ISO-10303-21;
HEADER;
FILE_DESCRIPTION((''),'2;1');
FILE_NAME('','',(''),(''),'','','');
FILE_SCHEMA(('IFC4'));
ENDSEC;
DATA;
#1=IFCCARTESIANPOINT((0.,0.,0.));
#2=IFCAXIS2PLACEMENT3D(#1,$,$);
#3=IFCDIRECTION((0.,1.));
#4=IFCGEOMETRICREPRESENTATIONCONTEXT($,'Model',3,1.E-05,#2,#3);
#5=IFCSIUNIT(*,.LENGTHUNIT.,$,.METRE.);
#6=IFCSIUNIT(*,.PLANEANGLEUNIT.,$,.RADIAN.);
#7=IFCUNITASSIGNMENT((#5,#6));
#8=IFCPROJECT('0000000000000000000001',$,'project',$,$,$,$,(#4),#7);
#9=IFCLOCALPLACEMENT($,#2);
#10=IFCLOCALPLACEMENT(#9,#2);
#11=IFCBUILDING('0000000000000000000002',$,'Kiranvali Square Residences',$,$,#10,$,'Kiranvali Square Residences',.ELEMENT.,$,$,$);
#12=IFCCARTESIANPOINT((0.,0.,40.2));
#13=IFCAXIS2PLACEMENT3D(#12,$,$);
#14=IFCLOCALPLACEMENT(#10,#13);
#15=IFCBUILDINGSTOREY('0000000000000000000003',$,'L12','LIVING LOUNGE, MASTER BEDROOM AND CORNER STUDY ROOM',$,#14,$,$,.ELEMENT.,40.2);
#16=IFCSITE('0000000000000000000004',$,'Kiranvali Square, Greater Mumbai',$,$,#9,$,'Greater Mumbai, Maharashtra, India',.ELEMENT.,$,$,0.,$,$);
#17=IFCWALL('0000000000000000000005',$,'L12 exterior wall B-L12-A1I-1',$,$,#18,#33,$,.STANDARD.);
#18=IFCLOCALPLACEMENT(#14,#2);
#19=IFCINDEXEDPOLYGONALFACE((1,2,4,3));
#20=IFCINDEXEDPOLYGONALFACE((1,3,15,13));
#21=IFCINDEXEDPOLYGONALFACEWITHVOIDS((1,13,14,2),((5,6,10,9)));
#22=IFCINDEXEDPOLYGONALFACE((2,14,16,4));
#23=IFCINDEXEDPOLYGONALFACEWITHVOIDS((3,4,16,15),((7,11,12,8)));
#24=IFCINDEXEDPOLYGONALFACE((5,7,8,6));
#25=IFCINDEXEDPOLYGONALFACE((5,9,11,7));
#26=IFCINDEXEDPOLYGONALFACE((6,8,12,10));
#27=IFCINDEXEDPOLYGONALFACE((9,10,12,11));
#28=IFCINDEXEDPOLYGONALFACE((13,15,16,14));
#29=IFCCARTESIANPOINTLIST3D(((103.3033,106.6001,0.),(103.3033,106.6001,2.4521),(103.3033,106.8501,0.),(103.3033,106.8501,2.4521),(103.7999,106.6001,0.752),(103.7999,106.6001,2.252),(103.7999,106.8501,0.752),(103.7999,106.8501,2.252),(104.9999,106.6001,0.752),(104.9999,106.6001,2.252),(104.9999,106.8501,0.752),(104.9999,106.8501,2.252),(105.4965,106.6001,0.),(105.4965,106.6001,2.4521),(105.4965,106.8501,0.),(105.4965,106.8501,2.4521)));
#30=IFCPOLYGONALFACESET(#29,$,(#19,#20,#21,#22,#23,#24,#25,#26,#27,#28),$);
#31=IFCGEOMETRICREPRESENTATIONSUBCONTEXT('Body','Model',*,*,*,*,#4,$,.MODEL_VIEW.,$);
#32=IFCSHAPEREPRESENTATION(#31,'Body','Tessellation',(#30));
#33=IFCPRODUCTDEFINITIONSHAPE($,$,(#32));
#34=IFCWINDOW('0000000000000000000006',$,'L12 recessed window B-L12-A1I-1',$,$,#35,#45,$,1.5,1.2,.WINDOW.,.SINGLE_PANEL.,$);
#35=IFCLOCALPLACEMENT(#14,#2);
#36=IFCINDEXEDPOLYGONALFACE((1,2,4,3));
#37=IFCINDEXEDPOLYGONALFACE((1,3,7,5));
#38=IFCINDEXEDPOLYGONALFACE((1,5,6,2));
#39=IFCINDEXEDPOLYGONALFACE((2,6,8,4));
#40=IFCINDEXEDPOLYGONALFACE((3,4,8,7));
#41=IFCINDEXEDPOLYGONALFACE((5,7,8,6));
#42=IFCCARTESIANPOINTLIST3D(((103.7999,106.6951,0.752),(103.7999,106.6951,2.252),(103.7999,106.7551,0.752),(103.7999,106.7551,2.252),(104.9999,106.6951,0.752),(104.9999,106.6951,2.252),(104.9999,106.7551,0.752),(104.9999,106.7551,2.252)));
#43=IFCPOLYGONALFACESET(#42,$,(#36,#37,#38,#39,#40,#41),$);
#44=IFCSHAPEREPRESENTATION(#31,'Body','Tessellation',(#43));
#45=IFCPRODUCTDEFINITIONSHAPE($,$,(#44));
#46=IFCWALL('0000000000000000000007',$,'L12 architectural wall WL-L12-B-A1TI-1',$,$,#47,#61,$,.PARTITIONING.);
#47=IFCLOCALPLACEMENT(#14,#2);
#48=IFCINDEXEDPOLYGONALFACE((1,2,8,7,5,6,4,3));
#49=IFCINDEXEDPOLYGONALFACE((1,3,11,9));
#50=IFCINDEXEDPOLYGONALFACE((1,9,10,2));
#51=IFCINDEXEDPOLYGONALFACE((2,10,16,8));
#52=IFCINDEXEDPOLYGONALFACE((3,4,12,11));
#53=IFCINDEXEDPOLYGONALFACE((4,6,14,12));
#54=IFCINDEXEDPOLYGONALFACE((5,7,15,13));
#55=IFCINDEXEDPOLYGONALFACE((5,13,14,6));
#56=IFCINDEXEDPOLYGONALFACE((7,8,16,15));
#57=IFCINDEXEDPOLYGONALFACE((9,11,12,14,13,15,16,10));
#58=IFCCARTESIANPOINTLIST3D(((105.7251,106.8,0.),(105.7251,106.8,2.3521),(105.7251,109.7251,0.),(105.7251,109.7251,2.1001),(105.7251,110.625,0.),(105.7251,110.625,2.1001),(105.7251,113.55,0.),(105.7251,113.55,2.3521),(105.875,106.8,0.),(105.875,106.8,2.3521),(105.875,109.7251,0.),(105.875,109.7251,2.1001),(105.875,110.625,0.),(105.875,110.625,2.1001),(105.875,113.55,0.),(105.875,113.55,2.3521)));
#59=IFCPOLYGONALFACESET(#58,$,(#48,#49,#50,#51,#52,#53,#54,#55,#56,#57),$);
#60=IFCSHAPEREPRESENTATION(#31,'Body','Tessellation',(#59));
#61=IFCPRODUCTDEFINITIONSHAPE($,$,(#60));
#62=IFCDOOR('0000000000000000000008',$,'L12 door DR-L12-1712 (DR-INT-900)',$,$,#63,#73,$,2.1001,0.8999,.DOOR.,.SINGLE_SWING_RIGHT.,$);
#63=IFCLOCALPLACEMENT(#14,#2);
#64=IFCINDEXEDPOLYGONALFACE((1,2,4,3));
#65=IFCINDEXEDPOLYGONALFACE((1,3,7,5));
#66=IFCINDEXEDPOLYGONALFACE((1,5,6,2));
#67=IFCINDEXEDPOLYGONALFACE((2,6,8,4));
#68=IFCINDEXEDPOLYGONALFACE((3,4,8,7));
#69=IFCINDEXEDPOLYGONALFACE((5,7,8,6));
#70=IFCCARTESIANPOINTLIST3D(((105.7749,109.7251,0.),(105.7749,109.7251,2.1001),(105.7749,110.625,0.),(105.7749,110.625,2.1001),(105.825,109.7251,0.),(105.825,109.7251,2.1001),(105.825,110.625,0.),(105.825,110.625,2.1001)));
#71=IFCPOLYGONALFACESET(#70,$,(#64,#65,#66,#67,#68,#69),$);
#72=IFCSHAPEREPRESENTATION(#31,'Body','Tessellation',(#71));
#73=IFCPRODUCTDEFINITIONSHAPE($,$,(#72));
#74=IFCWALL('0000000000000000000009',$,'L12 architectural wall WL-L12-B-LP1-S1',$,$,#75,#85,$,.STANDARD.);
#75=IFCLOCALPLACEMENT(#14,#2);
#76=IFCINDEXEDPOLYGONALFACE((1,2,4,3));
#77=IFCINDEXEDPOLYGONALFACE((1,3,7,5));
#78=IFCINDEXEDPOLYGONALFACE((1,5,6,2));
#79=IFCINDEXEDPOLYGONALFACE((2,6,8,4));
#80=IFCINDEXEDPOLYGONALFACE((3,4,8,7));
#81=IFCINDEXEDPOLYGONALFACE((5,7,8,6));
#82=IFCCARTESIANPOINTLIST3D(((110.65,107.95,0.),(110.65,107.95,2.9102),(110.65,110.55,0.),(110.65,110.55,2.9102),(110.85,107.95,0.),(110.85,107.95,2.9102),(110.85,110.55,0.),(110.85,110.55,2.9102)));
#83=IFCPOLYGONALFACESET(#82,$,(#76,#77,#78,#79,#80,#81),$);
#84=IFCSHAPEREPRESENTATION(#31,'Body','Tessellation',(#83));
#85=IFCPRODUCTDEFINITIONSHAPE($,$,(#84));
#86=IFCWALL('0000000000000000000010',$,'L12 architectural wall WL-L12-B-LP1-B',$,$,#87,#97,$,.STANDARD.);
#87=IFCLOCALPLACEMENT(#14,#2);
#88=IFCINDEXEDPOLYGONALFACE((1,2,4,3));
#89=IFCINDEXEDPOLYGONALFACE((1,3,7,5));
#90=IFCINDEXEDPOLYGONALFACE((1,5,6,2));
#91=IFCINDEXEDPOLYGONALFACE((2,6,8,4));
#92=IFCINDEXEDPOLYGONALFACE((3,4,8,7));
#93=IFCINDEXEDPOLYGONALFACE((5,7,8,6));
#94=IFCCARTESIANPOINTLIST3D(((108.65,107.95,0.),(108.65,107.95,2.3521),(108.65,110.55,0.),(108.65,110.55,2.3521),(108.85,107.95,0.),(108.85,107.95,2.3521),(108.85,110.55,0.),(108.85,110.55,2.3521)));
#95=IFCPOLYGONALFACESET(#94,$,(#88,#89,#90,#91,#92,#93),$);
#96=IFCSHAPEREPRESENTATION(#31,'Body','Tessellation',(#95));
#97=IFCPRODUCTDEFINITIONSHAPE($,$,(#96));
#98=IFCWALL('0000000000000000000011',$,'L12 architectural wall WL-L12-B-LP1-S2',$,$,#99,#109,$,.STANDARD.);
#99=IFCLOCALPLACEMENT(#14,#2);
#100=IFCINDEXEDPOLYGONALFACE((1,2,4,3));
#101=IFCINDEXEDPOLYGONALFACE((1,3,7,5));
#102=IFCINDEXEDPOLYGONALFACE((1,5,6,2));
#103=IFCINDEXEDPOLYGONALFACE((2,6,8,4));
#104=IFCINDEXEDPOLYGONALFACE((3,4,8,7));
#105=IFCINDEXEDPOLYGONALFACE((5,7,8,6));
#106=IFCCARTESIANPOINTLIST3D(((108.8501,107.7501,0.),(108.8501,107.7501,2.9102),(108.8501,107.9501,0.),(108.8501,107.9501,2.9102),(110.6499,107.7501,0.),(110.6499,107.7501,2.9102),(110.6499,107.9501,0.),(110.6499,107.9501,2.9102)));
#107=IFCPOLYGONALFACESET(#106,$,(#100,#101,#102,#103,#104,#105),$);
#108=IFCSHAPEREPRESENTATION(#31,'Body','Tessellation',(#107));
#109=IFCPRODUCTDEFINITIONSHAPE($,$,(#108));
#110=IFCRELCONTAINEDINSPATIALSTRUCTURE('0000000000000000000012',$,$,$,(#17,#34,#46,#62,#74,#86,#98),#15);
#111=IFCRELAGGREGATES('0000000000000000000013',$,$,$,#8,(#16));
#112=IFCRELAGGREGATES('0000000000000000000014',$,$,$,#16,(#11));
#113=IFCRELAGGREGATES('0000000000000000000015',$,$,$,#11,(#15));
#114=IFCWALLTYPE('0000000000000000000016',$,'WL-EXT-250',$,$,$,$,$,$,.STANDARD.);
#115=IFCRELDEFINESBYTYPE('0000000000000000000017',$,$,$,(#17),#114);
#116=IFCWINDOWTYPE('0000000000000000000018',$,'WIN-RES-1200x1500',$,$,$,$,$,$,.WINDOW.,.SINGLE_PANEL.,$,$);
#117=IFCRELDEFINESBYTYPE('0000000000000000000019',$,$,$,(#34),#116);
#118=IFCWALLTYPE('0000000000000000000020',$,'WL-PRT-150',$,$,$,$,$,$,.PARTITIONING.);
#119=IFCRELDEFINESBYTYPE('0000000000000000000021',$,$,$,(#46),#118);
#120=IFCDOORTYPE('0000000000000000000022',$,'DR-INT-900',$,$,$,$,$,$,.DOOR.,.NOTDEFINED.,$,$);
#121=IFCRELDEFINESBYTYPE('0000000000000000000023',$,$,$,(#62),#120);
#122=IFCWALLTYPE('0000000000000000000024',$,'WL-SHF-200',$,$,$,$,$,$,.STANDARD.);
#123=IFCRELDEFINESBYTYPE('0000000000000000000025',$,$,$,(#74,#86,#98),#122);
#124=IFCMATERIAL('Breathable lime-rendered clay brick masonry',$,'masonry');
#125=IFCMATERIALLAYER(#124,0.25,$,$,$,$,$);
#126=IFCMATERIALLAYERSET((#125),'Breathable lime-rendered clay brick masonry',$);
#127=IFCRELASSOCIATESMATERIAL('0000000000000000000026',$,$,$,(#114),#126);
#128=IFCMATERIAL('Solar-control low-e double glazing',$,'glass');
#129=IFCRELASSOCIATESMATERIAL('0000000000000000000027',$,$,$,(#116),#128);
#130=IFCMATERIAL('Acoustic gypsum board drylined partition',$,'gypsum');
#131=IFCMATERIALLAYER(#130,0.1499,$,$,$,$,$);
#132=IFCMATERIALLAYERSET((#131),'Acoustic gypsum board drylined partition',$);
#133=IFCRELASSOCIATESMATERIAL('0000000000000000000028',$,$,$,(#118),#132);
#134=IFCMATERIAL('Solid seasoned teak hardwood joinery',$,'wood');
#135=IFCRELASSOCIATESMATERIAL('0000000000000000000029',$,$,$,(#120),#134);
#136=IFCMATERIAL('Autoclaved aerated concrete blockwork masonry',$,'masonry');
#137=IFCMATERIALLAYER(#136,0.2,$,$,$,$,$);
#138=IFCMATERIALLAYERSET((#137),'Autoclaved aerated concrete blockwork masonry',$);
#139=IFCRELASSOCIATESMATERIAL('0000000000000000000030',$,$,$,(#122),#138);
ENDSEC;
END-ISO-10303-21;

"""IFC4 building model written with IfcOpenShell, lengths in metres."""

from ifc_helpers import new_model, si_unit, direction, frame, frame_2d, origin, place, context, subcontext, project, spatial, rectangle, extrude, material, layer, layer_set, type_object, element, fill, save


model = new_model("IFC4")

# Units and contexts
model_context = context("Model", 3, precision=1e-05, world=origin(), true_north=direction((0.0, 1.0)))
body_context = subcontext(model_context, "Body", "Model", "MODEL_VIEW")
ifc_project = project(units=[si_unit("LENGTHUNIT", "METRE"), si_unit("PLANEANGLEUNIT", "RADIAN")], contexts=[model_context])

# Site, building, storey
site_placement = place(None, origin())
site = spatial("IfcSite", under=ifc_project, at=site_placement, Name="Kiranvali Square, Greater Mumbai", LongName="Greater Mumbai, Maharashtra, India", CompositionType="ELEMENT", RefElevation=0.0)
building_placement = place(site_placement, origin())
building = spatial("IfcBuilding", under=site, at=building_placement, Name="Kiranvali Square Residences", LongName="Kiranvali Square Residences", CompositionType="ELEMENT")
storey_placement = place(building_placement, frame((0.0, 0.0, 40.2)))
storey = spatial("IfcBuildingStorey", under=building, at=storey_placement, Name="L12", Description="LIVING LOUNGE, MASTER BEDROOM AND CORNER STUDY ROOM", CompositionType="ELEMENT", Elevation=40.2)

# Shared definitions
ifc_material_1 = material(Name="Autoclaved aerated concrete blockwork masonry", Category="masonry")

# Wall, opening, window
ifc_material_2 = material(Name="Breathable lime-rendered clay brick masonry", Category="masonry")
ifc_layer_1 = layer(ifc_material_2, 0.25)
ifc_layer_set_1 = layer_set([ifc_layer_1], Name="Breathable lime-rendered clay brick masonry")
wall_type_1 = type_object("IfcWallType", Name="WL-EXT-250", PredefinedType="STANDARD", material=ifc_layer_set_1)
ifc_material_3 = material(Name="Solar-control low-e double glazing", Category="glass")
window_type = type_object("IfcWindowType", Name="WIN-RES-1200x1500", PartitioningType="SINGLE_PANEL", PredefinedType="WINDOW", material=ifc_material_3)
wall_1_placement = place(storey_placement, frame((105.4966, 106.7251, 0.0), z_axis=(0.0, 0.0, 1.0), x_axis=(-1.0, 0.0, 0.0)))
wall_1 = element("IfcWall", 1, at=wall_1_placement, inside=storey, type_object=wall_type_1, Name="L12 exterior wall B-L12-A1I-1", PredefinedType="STANDARD", context=body_context, shape_type="SweptSolid", body=[
    extrude(rectangle(XDim=2.1931, YDim=0.25, at=frame_2d((1.0967, 0.0))), origin(), (0.0, 0.0, 1.0), 2.4521),
])
opening_1_placement = place(wall_1_placement, frame((0.4966, 0.0, 0.752)))
opening_1 = element("IfcOpeningElement", 2, at=opening_1_placement, cuts=wall_1, PredefinedType="OPENING", context=body_context, shape_type="SweptSolid", body=[
    extrude(rectangle(XDim=1.2, YDim=1.5, at=frame_2d((0.6001, 0.75))), frame((0.0, 0.135, 0.0), z_axis=(0.0, -1.0, 0.0), x_axis=(1.0, 0.0, 0.0)), (0.0, 0.0, 1.0), 0.27),
])
window_1_placement = place(opening_1_placement, origin())
window_1 = element("IfcWindow", 3, at=window_1_placement, inside=storey, type_object=window_type, Name="L12 recessed window B-L12-A1I-1", OverallHeight=1.5, OverallWidth=1.2, PartitioningType="SINGLE_PANEL", PredefinedType="WINDOW", context=body_context, shape_type="SweptSolid", body=[
    extrude(rectangle(XDim=1.2, YDim=1.5, at=frame_2d((0.6001, 0.75))), frame((0.0, 0.03, 0.0), z_axis=(0.0, -1.0, 0.0), x_axis=(1.0, 0.0, 0.0)), (0.0, 0.0, 1.0), 0.0601),
])
fill(opening_1, window_1)

# Wall, opening, door
ifc_material_4 = material(Name="Acoustic gypsum board drylined partition", Category="gypsum")
ifc_layer_2 = layer(ifc_material_4, 0.1499)
ifc_layer_set_2 = layer_set([ifc_layer_2], Name="Acoustic gypsum board drylined partition")
wall_type_2 = type_object("IfcWallType", Name="WL-PRT-150", PredefinedType="PARTITIONING", material=ifc_layer_set_2)
wall_2_placement = place(storey_placement, frame((105.8, 106.8, 0.0), z_axis=(0.0, 0.0, 1.0), x_axis=(0.0, 1.0, 0.0)))
wall_2 = element("IfcWall", 4, at=wall_2_placement, inside=storey, type_object=wall_type_2, Name="L12 architectural wall WL-L12-B-A1TI-1", PredefinedType="PARTITIONING", context=body_context, shape_type="SweptSolid", body=[
    extrude(rectangle(XDim=6.75, YDim=0.1499, at=frame_2d((3.375, 0.0))), origin(), (0.0, 0.0, 1.0), 2.3521),
])
opening_2_placement = place(wall_2_placement, frame((2.925, 0.0, 0.0)))
opening_2 = element("IfcOpeningElement", 5, at=opening_2_placement, cuts=wall_2, PredefinedType="OPENING", context=body_context, shape_type="SweptSolid", body=[
    extrude(rectangle(XDim=0.8999, YDim=2.1001, at=frame_2d((0.45, 1.05))), frame((0.0, 0.085, 0.0), z_axis=(0.0, -1.0, 0.0), x_axis=(1.0, 0.0, 0.0)), (0.0, 0.0, 1.0), 0.1699),
])
ifc_material_5 = material(Name="Solid seasoned teak hardwood joinery", Category="wood")
door_type_1 = type_object("IfcDoorType", Name="DR-INT-900", OperationType="NOTDEFINED", PredefinedType="DOOR", material=ifc_material_5)
door_1_placement = place(opening_2_placement, frame((0.8999, 0.0, 0.0), z_axis=(0.0, 0.0, 1.0), x_axis=(-1.0, 0.0, 0.0)))
door_1 = element("IfcDoor", 6, at=door_1_placement, inside=storey, type_object=door_type_1, Name="L12 door DR-L12-1712 (DR-INT-900)", OperationType="SINGLE_SWING_RIGHT", OverallHeight=2.1001, OverallWidth=0.8999, PredefinedType="DOOR", context=body_context, shape_type="SweptSolid", body=[
    extrude(rectangle(XDim=0.8999, YDim=2.1001, at=frame_2d((0.45, 1.05))), frame((0.0, 0.0249, 0.0), z_axis=(0.0, -1.0, 0.0), x_axis=(1.0, 0.0, 0.0)), (0.0, 0.0, 1.0), 0.05),
])
fill(opening_2, door_1)

# Walls
ifc_layer_3 = layer(ifc_material_1, 0.2)
ifc_layer_set_3 = layer_set([ifc_layer_3], Name="Autoclaved aerated concrete blockwork masonry")
wall_type_3 = type_object("IfcWallType", Name="WL-SHF-200", PredefinedType="STANDARD", material=ifc_layer_set_3)
wall_3_placement = place(storey_placement, frame((110.75, 107.95, 0.0), z_axis=(0.0, 0.0, 1.0), x_axis=(0.0, 1.0, 0.0)))
element("IfcWall", 7, at=wall_3_placement, inside=storey, type_object=wall_type_3, Name="L12 architectural wall WL-L12-B-LP1-S1", PredefinedType="STANDARD", context=body_context, shape_type="SweptSolid", body=[
    extrude(rectangle(XDim=2.6001, YDim=0.2, at=frame_2d((1.3, 0.0))), origin(), (0.0, 0.0, 1.0), 2.9102),
])
wall_4_placement = place(storey_placement, frame((108.75, 107.95, 0.0), z_axis=(0.0, 0.0, 1.0), x_axis=(0.0, 1.0, 0.0)))
element("IfcWall", 8, at=wall_4_placement, inside=storey, type_object=wall_type_3, Name="L12 architectural wall WL-L12-B-LP1-B", PredefinedType="STANDARD", context=body_context, shape_type="SweptSolid", body=[
    extrude(rectangle(XDim=2.6001, YDim=0.2, at=frame_2d((1.3, 0.0))), origin(), (0.0, 0.0, 1.0), 2.3521),
])
wall_5_placement = place(storey_placement, frame((110.6499, 107.8501, 0.0), z_axis=(0.0, 0.0, 1.0), x_axis=(-1.0, 0.0, 0.0)))
element("IfcWall", 9, at=wall_5_placement, inside=storey, type_object=wall_type_3, Name="L12 architectural wall WL-L12-B-LP1-S2", PredefinedType="STANDARD", context=body_context, shape_type="SweptSolid", body=[
    extrude(rectangle(XDim=1.7998, YDim=0.2, at=frame_2d((0.8999, 0.0))), origin(), (0.0, 0.0, 1.0), 2.9102),
])

save(model, "model.ifc")
